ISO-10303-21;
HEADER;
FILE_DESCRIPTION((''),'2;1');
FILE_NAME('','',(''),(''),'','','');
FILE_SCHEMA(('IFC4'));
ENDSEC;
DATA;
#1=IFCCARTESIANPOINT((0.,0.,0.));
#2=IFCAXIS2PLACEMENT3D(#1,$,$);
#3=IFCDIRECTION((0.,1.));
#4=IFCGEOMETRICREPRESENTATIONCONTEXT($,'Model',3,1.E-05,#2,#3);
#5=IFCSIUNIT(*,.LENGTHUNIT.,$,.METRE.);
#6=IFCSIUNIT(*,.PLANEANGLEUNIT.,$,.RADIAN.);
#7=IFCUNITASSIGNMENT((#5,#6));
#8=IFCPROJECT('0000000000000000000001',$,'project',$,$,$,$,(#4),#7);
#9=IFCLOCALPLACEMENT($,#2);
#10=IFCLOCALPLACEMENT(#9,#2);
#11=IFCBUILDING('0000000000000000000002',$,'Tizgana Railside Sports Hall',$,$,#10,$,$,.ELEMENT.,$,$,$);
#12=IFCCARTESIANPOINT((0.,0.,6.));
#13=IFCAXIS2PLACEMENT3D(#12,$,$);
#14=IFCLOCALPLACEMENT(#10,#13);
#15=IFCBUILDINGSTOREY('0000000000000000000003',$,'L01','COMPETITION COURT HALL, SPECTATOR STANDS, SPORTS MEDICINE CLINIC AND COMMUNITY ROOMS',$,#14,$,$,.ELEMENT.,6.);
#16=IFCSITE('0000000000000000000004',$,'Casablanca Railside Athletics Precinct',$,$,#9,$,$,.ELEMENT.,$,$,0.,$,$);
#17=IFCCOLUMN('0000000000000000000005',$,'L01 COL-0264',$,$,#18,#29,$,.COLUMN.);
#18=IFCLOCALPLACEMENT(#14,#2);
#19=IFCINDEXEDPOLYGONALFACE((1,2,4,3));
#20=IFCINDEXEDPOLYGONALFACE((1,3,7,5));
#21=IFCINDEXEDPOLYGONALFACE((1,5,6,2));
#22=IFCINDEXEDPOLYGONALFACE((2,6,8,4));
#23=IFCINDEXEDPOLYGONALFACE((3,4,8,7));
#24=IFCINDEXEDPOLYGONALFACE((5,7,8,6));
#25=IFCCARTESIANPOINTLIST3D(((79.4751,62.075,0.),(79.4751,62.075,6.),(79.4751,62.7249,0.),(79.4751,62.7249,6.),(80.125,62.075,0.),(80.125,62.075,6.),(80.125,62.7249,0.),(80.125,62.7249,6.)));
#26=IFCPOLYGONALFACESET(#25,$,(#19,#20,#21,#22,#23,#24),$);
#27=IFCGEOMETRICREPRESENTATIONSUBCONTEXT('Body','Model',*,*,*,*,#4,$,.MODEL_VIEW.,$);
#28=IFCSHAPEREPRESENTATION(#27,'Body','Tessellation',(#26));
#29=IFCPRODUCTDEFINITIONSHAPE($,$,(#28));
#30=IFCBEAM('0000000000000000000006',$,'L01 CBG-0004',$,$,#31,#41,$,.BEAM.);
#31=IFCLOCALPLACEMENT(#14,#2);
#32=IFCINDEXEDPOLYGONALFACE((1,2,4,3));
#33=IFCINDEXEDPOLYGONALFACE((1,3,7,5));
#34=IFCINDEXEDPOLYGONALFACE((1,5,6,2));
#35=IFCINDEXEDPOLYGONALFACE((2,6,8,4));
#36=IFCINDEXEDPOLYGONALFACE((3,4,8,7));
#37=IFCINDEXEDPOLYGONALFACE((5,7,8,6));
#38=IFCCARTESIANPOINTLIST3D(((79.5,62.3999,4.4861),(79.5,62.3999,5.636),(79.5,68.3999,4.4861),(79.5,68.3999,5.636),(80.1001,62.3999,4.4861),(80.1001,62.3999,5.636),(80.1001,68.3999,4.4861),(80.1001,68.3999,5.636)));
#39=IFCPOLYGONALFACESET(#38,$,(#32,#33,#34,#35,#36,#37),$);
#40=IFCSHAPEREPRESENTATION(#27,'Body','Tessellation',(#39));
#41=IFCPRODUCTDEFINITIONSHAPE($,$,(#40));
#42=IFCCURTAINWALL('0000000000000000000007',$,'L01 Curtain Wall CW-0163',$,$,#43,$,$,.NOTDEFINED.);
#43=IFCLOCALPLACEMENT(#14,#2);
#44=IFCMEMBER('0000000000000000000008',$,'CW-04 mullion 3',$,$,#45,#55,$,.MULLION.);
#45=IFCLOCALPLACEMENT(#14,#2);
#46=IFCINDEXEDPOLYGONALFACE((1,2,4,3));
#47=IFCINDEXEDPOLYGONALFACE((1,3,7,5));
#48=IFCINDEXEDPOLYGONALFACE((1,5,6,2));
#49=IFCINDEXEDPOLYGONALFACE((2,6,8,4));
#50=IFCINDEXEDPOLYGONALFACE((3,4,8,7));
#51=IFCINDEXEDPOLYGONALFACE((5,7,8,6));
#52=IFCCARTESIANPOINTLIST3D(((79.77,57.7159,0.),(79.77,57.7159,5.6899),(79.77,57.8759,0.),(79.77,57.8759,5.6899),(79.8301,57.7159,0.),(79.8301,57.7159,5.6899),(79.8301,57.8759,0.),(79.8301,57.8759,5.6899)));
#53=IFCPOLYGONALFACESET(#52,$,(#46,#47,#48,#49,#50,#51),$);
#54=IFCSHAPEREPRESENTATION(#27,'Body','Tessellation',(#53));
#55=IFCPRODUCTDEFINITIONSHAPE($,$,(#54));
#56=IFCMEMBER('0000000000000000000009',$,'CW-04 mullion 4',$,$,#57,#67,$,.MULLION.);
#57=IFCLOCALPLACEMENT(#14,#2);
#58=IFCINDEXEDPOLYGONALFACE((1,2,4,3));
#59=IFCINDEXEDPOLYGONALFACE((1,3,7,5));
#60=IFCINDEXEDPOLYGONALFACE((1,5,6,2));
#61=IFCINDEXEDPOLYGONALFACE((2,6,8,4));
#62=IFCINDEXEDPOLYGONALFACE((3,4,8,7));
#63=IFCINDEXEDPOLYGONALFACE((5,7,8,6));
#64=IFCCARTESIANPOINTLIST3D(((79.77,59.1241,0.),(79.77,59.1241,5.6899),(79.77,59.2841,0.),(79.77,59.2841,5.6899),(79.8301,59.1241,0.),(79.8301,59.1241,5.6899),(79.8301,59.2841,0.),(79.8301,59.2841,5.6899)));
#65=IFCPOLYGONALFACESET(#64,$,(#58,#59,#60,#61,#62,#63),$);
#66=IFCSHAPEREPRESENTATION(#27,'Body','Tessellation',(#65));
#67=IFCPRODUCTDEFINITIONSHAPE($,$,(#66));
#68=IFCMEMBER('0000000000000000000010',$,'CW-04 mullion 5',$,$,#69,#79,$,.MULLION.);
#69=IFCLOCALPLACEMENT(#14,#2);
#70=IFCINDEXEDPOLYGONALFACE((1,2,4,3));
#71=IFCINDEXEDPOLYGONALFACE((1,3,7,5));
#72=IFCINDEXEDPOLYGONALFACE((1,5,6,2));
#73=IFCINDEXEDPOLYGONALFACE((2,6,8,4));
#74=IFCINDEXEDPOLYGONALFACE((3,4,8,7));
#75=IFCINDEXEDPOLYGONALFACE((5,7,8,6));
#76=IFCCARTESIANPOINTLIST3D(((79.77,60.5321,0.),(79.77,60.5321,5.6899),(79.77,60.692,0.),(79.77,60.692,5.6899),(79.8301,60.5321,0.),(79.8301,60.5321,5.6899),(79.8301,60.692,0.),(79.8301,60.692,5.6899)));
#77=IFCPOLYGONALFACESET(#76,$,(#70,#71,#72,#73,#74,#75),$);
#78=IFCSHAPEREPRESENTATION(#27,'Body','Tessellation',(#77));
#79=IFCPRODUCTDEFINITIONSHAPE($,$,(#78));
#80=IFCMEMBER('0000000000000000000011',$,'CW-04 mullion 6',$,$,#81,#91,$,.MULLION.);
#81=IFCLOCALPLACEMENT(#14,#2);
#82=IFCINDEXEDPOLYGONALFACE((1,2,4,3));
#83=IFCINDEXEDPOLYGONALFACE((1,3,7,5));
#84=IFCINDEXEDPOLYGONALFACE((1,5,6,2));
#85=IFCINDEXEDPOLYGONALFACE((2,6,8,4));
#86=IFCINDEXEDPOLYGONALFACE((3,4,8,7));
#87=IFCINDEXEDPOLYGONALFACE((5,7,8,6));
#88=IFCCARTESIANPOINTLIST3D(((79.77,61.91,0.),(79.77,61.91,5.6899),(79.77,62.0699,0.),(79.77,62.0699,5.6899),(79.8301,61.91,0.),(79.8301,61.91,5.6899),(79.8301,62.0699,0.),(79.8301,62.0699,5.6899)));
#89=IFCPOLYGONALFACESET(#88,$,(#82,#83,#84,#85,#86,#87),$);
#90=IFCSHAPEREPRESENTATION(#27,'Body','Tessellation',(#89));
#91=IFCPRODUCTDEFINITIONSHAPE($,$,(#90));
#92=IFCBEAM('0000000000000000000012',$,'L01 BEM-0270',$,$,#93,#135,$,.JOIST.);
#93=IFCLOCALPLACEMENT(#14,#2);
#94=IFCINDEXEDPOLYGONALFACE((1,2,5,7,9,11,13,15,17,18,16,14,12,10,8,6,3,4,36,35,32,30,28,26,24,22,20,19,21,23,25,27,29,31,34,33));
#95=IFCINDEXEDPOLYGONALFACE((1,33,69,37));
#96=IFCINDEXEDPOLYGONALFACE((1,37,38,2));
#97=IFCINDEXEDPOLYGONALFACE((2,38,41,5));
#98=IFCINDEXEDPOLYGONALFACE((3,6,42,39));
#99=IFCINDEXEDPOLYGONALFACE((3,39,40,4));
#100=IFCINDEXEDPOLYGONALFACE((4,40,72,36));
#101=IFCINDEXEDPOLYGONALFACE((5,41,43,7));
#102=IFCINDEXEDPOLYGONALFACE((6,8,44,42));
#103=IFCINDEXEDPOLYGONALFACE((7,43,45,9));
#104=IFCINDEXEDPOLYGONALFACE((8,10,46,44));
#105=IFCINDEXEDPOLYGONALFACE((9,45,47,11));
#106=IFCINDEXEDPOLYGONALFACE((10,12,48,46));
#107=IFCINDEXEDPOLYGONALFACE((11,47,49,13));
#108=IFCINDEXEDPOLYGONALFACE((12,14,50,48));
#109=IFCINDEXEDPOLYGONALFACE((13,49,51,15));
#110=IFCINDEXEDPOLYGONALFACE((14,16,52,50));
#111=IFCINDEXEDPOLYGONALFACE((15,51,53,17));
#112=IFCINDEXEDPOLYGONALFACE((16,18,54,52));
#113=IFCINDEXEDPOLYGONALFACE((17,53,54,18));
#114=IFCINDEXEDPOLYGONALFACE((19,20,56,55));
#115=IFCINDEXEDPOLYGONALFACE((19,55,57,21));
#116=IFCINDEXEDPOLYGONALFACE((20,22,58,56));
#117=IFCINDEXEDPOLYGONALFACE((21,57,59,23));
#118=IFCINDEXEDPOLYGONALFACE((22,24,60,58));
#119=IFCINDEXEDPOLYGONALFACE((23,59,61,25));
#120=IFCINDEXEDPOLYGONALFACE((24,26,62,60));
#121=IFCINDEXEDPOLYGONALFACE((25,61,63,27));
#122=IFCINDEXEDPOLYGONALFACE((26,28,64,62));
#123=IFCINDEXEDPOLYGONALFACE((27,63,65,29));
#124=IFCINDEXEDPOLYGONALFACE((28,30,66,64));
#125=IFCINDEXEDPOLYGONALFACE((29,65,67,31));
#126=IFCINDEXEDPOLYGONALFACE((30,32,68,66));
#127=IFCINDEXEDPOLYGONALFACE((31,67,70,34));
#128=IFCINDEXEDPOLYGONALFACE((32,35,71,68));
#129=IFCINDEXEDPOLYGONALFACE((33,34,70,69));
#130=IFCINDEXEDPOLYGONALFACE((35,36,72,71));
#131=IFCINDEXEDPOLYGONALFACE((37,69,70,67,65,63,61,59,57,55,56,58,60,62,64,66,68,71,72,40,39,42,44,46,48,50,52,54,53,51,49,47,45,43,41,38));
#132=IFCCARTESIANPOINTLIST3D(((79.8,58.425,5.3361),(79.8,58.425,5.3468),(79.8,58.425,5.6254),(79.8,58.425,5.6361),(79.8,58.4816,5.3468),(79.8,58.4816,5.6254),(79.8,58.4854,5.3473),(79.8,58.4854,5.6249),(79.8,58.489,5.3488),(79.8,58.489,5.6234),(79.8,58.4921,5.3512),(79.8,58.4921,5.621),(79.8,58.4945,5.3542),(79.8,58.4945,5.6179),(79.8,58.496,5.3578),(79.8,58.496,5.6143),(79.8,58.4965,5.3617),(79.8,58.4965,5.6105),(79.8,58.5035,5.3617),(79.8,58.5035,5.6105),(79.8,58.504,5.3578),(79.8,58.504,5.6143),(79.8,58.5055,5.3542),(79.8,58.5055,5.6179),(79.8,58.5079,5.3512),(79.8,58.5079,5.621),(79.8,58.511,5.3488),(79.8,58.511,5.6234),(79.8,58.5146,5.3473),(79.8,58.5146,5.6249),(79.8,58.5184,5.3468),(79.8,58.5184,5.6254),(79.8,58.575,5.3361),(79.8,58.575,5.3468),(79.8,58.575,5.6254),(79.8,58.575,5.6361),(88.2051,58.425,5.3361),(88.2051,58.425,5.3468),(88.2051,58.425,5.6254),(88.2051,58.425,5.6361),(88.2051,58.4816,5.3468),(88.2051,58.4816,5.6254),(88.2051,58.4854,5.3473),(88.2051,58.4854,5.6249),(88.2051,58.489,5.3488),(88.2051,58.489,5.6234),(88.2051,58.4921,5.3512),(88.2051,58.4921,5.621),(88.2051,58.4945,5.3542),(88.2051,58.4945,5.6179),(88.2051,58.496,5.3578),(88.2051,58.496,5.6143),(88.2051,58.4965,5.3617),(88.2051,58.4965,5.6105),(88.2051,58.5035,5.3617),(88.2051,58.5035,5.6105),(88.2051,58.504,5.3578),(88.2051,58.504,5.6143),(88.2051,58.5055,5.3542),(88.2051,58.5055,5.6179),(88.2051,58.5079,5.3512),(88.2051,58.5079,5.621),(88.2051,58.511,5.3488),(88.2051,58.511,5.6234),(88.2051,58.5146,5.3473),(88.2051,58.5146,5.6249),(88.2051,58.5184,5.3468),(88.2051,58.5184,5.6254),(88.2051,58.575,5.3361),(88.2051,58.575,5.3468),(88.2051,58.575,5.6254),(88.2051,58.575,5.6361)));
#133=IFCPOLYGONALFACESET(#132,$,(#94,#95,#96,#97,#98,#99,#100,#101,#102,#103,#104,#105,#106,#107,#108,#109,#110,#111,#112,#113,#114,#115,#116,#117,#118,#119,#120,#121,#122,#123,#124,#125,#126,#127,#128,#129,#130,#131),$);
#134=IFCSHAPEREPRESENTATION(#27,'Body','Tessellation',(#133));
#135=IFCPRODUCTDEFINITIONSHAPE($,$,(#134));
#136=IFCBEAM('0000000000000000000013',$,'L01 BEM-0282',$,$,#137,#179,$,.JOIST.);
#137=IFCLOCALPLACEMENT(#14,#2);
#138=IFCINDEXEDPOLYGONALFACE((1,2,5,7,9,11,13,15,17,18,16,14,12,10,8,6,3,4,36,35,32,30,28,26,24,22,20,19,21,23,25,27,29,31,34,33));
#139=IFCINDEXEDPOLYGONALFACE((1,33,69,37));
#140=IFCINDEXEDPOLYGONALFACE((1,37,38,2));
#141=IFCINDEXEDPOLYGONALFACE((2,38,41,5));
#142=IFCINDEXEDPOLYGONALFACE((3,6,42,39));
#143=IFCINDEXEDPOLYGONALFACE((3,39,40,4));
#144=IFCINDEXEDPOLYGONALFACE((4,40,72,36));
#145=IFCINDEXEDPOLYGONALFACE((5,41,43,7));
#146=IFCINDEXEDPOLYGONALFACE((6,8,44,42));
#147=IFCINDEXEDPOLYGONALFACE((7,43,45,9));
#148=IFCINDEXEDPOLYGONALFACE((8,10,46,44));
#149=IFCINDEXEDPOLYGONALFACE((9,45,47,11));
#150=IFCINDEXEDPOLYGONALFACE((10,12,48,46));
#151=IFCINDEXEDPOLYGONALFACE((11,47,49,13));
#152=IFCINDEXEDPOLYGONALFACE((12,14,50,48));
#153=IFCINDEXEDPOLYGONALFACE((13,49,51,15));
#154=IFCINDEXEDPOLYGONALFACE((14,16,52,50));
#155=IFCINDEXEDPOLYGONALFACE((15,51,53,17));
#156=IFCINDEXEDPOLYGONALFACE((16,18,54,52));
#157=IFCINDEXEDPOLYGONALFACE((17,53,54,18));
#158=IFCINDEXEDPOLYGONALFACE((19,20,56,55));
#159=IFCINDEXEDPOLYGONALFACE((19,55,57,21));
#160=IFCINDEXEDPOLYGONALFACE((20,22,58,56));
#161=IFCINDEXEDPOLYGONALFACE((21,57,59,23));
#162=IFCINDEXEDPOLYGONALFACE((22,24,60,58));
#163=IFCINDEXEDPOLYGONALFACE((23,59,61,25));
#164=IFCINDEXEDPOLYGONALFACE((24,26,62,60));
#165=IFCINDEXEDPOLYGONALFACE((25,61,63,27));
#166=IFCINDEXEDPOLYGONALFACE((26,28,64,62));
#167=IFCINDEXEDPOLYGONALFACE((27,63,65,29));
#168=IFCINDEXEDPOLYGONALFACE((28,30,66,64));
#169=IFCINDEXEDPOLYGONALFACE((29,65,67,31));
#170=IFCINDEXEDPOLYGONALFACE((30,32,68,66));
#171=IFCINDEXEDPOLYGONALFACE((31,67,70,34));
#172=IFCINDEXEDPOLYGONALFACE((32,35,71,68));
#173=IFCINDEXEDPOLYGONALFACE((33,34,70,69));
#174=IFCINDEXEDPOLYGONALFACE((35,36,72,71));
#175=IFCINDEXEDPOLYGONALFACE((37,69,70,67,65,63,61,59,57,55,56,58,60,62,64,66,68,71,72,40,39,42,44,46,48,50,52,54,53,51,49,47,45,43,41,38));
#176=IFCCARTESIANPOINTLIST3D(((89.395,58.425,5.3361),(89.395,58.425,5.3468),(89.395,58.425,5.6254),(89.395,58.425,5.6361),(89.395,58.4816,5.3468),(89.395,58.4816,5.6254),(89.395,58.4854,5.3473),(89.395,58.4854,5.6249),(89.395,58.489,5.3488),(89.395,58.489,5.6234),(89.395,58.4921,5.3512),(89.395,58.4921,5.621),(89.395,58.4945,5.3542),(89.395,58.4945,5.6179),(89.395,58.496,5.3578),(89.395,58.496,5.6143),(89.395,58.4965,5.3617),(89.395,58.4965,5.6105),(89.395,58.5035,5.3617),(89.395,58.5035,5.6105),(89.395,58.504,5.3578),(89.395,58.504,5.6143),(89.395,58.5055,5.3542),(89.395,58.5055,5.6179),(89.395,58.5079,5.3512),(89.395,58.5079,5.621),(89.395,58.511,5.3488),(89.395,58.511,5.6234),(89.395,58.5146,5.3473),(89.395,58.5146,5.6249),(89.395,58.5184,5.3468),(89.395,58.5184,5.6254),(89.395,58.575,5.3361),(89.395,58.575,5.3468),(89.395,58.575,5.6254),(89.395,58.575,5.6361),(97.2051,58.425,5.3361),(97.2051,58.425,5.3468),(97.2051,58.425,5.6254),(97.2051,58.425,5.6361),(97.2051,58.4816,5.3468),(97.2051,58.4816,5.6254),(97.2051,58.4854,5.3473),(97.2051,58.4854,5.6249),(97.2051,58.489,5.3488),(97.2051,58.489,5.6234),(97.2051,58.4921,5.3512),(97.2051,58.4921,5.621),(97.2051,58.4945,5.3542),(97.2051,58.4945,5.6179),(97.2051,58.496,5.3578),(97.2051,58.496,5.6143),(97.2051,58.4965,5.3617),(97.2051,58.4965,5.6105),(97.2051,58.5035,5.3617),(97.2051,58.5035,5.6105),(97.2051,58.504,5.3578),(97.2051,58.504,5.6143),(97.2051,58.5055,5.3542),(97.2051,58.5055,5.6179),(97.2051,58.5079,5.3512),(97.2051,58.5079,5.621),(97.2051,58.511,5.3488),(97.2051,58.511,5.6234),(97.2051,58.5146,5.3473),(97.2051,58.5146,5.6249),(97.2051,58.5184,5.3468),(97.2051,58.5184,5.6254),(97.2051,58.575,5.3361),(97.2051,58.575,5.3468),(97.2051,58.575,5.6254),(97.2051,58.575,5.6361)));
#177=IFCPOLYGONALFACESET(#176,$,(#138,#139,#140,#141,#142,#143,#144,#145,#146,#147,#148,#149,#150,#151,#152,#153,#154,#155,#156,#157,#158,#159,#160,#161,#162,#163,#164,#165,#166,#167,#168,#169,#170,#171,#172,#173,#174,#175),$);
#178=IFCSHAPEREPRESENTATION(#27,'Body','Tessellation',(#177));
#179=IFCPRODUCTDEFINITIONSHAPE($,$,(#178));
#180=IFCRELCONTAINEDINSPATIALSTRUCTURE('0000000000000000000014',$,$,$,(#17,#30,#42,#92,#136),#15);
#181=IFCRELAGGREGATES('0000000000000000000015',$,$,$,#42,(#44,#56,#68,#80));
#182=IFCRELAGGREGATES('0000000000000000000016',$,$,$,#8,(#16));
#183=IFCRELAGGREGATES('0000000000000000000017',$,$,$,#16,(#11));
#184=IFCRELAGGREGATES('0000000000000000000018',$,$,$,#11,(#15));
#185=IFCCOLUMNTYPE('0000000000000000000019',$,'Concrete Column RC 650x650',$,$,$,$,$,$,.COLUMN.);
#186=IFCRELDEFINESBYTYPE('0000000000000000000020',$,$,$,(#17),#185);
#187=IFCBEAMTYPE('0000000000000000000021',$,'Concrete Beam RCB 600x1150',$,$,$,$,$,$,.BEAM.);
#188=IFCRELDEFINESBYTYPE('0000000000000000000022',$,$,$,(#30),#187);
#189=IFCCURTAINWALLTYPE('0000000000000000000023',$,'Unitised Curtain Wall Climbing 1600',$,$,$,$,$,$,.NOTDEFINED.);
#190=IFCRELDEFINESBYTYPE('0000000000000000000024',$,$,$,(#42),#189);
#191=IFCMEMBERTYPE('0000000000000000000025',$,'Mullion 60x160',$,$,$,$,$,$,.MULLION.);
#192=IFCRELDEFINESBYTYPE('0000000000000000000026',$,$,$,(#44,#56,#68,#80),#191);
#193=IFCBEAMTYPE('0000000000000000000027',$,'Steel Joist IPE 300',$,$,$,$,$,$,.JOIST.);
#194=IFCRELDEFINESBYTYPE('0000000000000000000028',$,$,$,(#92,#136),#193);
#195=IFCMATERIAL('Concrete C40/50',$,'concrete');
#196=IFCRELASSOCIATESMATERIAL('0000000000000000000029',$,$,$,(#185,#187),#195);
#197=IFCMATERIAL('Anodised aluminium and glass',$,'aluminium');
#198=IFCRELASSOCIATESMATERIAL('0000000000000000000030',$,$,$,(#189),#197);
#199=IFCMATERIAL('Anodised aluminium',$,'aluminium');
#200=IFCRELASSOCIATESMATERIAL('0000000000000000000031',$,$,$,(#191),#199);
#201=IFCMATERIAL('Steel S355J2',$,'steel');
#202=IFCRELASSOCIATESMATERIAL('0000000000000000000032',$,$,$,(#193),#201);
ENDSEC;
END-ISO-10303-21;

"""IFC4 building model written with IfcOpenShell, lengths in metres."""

from ifc_helpers import new_model, si_unit, direction, frame, origin, origin_2d, place, context, subcontext, project, spatial, rectangle, i_section, extrude, material, material_profile, profile_set, type_object, element, aggregate, save


model = new_model("IFC4")

# Units and contexts
model_context = context("Model", 3, precision=1e-05, world=origin(), true_north=direction((0.0, 1.0)))
body_context = subcontext(model_context, "Body", "Model", "MODEL_VIEW")
ifc_project = project(units=[si_unit("LENGTHUNIT", "METRE"), si_unit("PLANEANGLEUNIT", "RADIAN")], contexts=[model_context])

# Site, building, storey
site_placement = place(None, origin())
site = spatial("IfcSite", under=ifc_project, at=site_placement, Name="Casablanca Railside Athletics Precinct", CompositionType="ELEMENT", RefElevation=0.0)
building_placement = place(site_placement, origin())
building = spatial("IfcBuilding", under=site, at=building_placement, Name="Tizgana Railside Sports Hall", CompositionType="ELEMENT")
storey_placement = place(building_placement, frame((0.0, 0.0, 6.0)))
storey = spatial("IfcBuildingStorey", under=building, at=storey_placement, Name="L01", Description="COMPETITION COURT HALL, SPECTATOR STANDS, SPORTS MEDICINE CLINIC AND COMMUNITY ROOMS", CompositionType="ELEMENT", Elevation=6.0)

# Column
ifc_material_1 = material(Name="Concrete C40/50", Category="concrete")
ifc_material_profile_1 = material_profile(ifc_material_1, rectangle(XDim=0.6499, YDim=0.6499, at=origin_2d()), Name="RC 650x650")
ifc_profile_set_1 = profile_set([ifc_material_profile_1], Name="Concrete C40/50")
column_type = type_object("IfcColumnType", Name="Concrete Column RC 650x650", PredefinedType="COLUMN", material=ifc_profile_set_1)
column_placement = place(storey_placement, frame((79.8, 62.3999, 0.0), z_axis=(0.0, 0.0, 1.0), x_axis=(1.0, 0.0, 0.0)))
element("IfcColumn", 1, at=column_placement, inside=storey, type_object=column_type, Name="L01 COL-0264", PredefinedType="COLUMN", context=body_context, shape_type="SweptSolid", body=[
    extrude(rectangle(XDim=0.6499, YDim=0.6499, at=origin_2d()), origin(), (0.0, 0.0, 1.0), 6.0),
])

# Beam
ifc_material_profile_2 = material_profile(ifc_material_1, rectangle(XDim=0.6001, YDim=1.1499, at=origin_2d()), Name="RCB 600x1150")
ifc_profile_set_2 = profile_set([ifc_material_profile_2], Name="Concrete C40/50")
beam_type_1 = type_object("IfcBeamType", Name="Concrete Beam RCB 600x1150", PredefinedType="BEAM", material=ifc_profile_set_2)
beam_1_placement = place(storey_placement, frame((79.8, 62.3999, 5.061), z_axis=(0.0, 1.0, 0.0), x_axis=(-1.0, 0.0, 0.0)))
element("IfcBeam", 2, at=beam_1_placement, inside=storey, type_object=beam_type_1, Name="L01 CBG-0004", PredefinedType="BEAM", context=body_context, shape_type="SweptSolid", body=[
    extrude(rectangle(XDim=0.6001, YDim=1.1499, at=origin_2d()), origin(), (0.0, 0.0, 1.0), 6.0),
])

# Curtain wall, members
ifc_material_2 = material(Name="Anodised aluminium and glass", Category="aluminium")
curtain_wall_type = type_object("IfcCurtainWallType", Name="Unitised Curtain Wall Climbing 1600", PredefinedType="NOTDEFINED", material=ifc_material_2)
curtain_wall_placement = place(storey_placement, origin())
curtain_wall = element("IfcCurtainWall", 3, at=curtain_wall_placement, inside=storey, type_object=curtain_wall_type, Name="L01 Curtain Wall CW-0163", PredefinedType="NOTDEFINED")
ifc_material_3 = material(Name="Anodised aluminium", Category="aluminium")
ifc_material_profile_3 = material_profile(ifc_material_3, rectangle(XDim=0.0601, YDim=0.1599, at=origin_2d()), Name="Mullion 60x160")
ifc_profile_set_3 = profile_set([ifc_material_profile_3], Name="Anodised aluminium")
member_type_1 = type_object("IfcMemberType", Name="Mullion 60x160", PredefinedType="MULLION", material=ifc_profile_set_3)
member_1_placement = place(storey_placement, frame((79.8, 57.7959, 0.0), z_axis=(0.0, 0.0, 1.0), x_axis=(-1.0, 0.0, 0.0)))
member_1 = element("IfcMember", 4, at=member_1_placement, type_object=member_type_1, Name="CW-04 mullion 3", PredefinedType="MULLION", context=body_context, shape_type="SweptSolid", body=[
    extrude(rectangle(XDim=0.0601, YDim=0.1599, at=origin_2d()), origin(), (0.0, 0.0, 1.0), 5.6899),
])
member_2_placement = place(storey_placement, frame((79.8, 59.2041, 0.0), z_axis=(0.0, 0.0, 1.0), x_axis=(-1.0, 0.0, 0.0)))
member_2 = element("IfcMember", 5, at=member_2_placement, type_object=member_type_1, Name="CW-04 mullion 4", PredefinedType="MULLION", context=body_context, shape_type="SweptSolid", body=[
    extrude(rectangle(XDim=0.0601, YDim=0.1599, at=origin_2d()), origin(), (0.0, 0.0, 1.0), 5.6899),
])
member_3_placement = place(storey_placement, frame((79.8, 60.6121, 0.0), z_axis=(0.0, 0.0, 1.0), x_axis=(-1.0, 0.0, 0.0)))
member_3 = element("IfcMember", 6, at=member_3_placement, type_object=member_type_1, Name="CW-04 mullion 5", PredefinedType="MULLION", context=body_context, shape_type="SweptSolid", body=[
    extrude(rectangle(XDim=0.0601, YDim=0.1599, at=origin_2d()), origin(), (0.0, 0.0, 1.0), 5.6899),
])
member_4_placement = place(storey_placement, frame((79.8, 61.99, 0.0), z_axis=(0.0, 0.0, 1.0), x_axis=(-1.0, 0.0, 0.0)))
member_4 = element("IfcMember", 7, at=member_4_placement, type_object=member_type_1, Name="CW-04 mullion 6", PredefinedType="MULLION", context=body_context, shape_type="SweptSolid", body=[
    extrude(rectangle(XDim=0.0601, YDim=0.1599, at=origin_2d()), origin(), (0.0, 0.0, 1.0), 5.6899),
])

# Beams
ifc_material_4 = material(Name="Steel S355J2", Category="steel")
ifc_material_profile_4 = material_profile(ifc_material_4, i_section(OverallWidth=0.1499, OverallDepth=0.3, WebThickness=0.0071, FlangeThickness=0.0107, FilletRadius=0.0149, at=origin_2d()), Name="IPE 300")
ifc_profile_set_4 = profile_set([ifc_material_profile_4], Name="Steel S355J2")
beam_type_2 = type_object("IfcBeamType", Name="Steel Joist IPE 300", PredefinedType="JOIST", material=ifc_profile_set_4)
beam_2_placement = place(storey_placement, frame((79.8, 58.5, 5.4861), z_axis=(1.0, 0.0, 0.0), x_axis=(0.0, 1.0, 0.0)))
element("IfcBeam", 8, at=beam_2_placement, inside=storey, type_object=beam_type_2, Name="L01 BEM-0270", PredefinedType="JOIST", context=body_context, shape_type="SweptSolid", body=[
    extrude(i_section(OverallWidth=0.1499, OverallDepth=0.3, WebThickness=0.0071, FlangeThickness=0.0107, FilletRadius=0.0149, at=origin_2d()), origin(), (0.0, 0.0, 1.0), 8.405),
])
beam_3_placement = place(storey_placement, frame((89.395, 58.5, 5.4861), z_axis=(1.0, 0.0, 0.0), x_axis=(0.0, 1.0, 0.0)))
element("IfcBeam", 9, at=beam_3_placement, inside=storey, type_object=beam_type_2, Name="L01 BEM-0282", PredefinedType="JOIST", context=body_context, shape_type="SweptSolid", body=[
    extrude(i_section(OverallWidth=0.1499, OverallDepth=0.3, WebThickness=0.0071, FlangeThickness=0.0107, FilletRadius=0.0149, at=origin_2d()), origin(), (0.0, 0.0, 1.0), 7.8101),
])

aggregate(curtain_wall, [member_1, member_2, member_3, member_4])

save(model, "model.ifc")
